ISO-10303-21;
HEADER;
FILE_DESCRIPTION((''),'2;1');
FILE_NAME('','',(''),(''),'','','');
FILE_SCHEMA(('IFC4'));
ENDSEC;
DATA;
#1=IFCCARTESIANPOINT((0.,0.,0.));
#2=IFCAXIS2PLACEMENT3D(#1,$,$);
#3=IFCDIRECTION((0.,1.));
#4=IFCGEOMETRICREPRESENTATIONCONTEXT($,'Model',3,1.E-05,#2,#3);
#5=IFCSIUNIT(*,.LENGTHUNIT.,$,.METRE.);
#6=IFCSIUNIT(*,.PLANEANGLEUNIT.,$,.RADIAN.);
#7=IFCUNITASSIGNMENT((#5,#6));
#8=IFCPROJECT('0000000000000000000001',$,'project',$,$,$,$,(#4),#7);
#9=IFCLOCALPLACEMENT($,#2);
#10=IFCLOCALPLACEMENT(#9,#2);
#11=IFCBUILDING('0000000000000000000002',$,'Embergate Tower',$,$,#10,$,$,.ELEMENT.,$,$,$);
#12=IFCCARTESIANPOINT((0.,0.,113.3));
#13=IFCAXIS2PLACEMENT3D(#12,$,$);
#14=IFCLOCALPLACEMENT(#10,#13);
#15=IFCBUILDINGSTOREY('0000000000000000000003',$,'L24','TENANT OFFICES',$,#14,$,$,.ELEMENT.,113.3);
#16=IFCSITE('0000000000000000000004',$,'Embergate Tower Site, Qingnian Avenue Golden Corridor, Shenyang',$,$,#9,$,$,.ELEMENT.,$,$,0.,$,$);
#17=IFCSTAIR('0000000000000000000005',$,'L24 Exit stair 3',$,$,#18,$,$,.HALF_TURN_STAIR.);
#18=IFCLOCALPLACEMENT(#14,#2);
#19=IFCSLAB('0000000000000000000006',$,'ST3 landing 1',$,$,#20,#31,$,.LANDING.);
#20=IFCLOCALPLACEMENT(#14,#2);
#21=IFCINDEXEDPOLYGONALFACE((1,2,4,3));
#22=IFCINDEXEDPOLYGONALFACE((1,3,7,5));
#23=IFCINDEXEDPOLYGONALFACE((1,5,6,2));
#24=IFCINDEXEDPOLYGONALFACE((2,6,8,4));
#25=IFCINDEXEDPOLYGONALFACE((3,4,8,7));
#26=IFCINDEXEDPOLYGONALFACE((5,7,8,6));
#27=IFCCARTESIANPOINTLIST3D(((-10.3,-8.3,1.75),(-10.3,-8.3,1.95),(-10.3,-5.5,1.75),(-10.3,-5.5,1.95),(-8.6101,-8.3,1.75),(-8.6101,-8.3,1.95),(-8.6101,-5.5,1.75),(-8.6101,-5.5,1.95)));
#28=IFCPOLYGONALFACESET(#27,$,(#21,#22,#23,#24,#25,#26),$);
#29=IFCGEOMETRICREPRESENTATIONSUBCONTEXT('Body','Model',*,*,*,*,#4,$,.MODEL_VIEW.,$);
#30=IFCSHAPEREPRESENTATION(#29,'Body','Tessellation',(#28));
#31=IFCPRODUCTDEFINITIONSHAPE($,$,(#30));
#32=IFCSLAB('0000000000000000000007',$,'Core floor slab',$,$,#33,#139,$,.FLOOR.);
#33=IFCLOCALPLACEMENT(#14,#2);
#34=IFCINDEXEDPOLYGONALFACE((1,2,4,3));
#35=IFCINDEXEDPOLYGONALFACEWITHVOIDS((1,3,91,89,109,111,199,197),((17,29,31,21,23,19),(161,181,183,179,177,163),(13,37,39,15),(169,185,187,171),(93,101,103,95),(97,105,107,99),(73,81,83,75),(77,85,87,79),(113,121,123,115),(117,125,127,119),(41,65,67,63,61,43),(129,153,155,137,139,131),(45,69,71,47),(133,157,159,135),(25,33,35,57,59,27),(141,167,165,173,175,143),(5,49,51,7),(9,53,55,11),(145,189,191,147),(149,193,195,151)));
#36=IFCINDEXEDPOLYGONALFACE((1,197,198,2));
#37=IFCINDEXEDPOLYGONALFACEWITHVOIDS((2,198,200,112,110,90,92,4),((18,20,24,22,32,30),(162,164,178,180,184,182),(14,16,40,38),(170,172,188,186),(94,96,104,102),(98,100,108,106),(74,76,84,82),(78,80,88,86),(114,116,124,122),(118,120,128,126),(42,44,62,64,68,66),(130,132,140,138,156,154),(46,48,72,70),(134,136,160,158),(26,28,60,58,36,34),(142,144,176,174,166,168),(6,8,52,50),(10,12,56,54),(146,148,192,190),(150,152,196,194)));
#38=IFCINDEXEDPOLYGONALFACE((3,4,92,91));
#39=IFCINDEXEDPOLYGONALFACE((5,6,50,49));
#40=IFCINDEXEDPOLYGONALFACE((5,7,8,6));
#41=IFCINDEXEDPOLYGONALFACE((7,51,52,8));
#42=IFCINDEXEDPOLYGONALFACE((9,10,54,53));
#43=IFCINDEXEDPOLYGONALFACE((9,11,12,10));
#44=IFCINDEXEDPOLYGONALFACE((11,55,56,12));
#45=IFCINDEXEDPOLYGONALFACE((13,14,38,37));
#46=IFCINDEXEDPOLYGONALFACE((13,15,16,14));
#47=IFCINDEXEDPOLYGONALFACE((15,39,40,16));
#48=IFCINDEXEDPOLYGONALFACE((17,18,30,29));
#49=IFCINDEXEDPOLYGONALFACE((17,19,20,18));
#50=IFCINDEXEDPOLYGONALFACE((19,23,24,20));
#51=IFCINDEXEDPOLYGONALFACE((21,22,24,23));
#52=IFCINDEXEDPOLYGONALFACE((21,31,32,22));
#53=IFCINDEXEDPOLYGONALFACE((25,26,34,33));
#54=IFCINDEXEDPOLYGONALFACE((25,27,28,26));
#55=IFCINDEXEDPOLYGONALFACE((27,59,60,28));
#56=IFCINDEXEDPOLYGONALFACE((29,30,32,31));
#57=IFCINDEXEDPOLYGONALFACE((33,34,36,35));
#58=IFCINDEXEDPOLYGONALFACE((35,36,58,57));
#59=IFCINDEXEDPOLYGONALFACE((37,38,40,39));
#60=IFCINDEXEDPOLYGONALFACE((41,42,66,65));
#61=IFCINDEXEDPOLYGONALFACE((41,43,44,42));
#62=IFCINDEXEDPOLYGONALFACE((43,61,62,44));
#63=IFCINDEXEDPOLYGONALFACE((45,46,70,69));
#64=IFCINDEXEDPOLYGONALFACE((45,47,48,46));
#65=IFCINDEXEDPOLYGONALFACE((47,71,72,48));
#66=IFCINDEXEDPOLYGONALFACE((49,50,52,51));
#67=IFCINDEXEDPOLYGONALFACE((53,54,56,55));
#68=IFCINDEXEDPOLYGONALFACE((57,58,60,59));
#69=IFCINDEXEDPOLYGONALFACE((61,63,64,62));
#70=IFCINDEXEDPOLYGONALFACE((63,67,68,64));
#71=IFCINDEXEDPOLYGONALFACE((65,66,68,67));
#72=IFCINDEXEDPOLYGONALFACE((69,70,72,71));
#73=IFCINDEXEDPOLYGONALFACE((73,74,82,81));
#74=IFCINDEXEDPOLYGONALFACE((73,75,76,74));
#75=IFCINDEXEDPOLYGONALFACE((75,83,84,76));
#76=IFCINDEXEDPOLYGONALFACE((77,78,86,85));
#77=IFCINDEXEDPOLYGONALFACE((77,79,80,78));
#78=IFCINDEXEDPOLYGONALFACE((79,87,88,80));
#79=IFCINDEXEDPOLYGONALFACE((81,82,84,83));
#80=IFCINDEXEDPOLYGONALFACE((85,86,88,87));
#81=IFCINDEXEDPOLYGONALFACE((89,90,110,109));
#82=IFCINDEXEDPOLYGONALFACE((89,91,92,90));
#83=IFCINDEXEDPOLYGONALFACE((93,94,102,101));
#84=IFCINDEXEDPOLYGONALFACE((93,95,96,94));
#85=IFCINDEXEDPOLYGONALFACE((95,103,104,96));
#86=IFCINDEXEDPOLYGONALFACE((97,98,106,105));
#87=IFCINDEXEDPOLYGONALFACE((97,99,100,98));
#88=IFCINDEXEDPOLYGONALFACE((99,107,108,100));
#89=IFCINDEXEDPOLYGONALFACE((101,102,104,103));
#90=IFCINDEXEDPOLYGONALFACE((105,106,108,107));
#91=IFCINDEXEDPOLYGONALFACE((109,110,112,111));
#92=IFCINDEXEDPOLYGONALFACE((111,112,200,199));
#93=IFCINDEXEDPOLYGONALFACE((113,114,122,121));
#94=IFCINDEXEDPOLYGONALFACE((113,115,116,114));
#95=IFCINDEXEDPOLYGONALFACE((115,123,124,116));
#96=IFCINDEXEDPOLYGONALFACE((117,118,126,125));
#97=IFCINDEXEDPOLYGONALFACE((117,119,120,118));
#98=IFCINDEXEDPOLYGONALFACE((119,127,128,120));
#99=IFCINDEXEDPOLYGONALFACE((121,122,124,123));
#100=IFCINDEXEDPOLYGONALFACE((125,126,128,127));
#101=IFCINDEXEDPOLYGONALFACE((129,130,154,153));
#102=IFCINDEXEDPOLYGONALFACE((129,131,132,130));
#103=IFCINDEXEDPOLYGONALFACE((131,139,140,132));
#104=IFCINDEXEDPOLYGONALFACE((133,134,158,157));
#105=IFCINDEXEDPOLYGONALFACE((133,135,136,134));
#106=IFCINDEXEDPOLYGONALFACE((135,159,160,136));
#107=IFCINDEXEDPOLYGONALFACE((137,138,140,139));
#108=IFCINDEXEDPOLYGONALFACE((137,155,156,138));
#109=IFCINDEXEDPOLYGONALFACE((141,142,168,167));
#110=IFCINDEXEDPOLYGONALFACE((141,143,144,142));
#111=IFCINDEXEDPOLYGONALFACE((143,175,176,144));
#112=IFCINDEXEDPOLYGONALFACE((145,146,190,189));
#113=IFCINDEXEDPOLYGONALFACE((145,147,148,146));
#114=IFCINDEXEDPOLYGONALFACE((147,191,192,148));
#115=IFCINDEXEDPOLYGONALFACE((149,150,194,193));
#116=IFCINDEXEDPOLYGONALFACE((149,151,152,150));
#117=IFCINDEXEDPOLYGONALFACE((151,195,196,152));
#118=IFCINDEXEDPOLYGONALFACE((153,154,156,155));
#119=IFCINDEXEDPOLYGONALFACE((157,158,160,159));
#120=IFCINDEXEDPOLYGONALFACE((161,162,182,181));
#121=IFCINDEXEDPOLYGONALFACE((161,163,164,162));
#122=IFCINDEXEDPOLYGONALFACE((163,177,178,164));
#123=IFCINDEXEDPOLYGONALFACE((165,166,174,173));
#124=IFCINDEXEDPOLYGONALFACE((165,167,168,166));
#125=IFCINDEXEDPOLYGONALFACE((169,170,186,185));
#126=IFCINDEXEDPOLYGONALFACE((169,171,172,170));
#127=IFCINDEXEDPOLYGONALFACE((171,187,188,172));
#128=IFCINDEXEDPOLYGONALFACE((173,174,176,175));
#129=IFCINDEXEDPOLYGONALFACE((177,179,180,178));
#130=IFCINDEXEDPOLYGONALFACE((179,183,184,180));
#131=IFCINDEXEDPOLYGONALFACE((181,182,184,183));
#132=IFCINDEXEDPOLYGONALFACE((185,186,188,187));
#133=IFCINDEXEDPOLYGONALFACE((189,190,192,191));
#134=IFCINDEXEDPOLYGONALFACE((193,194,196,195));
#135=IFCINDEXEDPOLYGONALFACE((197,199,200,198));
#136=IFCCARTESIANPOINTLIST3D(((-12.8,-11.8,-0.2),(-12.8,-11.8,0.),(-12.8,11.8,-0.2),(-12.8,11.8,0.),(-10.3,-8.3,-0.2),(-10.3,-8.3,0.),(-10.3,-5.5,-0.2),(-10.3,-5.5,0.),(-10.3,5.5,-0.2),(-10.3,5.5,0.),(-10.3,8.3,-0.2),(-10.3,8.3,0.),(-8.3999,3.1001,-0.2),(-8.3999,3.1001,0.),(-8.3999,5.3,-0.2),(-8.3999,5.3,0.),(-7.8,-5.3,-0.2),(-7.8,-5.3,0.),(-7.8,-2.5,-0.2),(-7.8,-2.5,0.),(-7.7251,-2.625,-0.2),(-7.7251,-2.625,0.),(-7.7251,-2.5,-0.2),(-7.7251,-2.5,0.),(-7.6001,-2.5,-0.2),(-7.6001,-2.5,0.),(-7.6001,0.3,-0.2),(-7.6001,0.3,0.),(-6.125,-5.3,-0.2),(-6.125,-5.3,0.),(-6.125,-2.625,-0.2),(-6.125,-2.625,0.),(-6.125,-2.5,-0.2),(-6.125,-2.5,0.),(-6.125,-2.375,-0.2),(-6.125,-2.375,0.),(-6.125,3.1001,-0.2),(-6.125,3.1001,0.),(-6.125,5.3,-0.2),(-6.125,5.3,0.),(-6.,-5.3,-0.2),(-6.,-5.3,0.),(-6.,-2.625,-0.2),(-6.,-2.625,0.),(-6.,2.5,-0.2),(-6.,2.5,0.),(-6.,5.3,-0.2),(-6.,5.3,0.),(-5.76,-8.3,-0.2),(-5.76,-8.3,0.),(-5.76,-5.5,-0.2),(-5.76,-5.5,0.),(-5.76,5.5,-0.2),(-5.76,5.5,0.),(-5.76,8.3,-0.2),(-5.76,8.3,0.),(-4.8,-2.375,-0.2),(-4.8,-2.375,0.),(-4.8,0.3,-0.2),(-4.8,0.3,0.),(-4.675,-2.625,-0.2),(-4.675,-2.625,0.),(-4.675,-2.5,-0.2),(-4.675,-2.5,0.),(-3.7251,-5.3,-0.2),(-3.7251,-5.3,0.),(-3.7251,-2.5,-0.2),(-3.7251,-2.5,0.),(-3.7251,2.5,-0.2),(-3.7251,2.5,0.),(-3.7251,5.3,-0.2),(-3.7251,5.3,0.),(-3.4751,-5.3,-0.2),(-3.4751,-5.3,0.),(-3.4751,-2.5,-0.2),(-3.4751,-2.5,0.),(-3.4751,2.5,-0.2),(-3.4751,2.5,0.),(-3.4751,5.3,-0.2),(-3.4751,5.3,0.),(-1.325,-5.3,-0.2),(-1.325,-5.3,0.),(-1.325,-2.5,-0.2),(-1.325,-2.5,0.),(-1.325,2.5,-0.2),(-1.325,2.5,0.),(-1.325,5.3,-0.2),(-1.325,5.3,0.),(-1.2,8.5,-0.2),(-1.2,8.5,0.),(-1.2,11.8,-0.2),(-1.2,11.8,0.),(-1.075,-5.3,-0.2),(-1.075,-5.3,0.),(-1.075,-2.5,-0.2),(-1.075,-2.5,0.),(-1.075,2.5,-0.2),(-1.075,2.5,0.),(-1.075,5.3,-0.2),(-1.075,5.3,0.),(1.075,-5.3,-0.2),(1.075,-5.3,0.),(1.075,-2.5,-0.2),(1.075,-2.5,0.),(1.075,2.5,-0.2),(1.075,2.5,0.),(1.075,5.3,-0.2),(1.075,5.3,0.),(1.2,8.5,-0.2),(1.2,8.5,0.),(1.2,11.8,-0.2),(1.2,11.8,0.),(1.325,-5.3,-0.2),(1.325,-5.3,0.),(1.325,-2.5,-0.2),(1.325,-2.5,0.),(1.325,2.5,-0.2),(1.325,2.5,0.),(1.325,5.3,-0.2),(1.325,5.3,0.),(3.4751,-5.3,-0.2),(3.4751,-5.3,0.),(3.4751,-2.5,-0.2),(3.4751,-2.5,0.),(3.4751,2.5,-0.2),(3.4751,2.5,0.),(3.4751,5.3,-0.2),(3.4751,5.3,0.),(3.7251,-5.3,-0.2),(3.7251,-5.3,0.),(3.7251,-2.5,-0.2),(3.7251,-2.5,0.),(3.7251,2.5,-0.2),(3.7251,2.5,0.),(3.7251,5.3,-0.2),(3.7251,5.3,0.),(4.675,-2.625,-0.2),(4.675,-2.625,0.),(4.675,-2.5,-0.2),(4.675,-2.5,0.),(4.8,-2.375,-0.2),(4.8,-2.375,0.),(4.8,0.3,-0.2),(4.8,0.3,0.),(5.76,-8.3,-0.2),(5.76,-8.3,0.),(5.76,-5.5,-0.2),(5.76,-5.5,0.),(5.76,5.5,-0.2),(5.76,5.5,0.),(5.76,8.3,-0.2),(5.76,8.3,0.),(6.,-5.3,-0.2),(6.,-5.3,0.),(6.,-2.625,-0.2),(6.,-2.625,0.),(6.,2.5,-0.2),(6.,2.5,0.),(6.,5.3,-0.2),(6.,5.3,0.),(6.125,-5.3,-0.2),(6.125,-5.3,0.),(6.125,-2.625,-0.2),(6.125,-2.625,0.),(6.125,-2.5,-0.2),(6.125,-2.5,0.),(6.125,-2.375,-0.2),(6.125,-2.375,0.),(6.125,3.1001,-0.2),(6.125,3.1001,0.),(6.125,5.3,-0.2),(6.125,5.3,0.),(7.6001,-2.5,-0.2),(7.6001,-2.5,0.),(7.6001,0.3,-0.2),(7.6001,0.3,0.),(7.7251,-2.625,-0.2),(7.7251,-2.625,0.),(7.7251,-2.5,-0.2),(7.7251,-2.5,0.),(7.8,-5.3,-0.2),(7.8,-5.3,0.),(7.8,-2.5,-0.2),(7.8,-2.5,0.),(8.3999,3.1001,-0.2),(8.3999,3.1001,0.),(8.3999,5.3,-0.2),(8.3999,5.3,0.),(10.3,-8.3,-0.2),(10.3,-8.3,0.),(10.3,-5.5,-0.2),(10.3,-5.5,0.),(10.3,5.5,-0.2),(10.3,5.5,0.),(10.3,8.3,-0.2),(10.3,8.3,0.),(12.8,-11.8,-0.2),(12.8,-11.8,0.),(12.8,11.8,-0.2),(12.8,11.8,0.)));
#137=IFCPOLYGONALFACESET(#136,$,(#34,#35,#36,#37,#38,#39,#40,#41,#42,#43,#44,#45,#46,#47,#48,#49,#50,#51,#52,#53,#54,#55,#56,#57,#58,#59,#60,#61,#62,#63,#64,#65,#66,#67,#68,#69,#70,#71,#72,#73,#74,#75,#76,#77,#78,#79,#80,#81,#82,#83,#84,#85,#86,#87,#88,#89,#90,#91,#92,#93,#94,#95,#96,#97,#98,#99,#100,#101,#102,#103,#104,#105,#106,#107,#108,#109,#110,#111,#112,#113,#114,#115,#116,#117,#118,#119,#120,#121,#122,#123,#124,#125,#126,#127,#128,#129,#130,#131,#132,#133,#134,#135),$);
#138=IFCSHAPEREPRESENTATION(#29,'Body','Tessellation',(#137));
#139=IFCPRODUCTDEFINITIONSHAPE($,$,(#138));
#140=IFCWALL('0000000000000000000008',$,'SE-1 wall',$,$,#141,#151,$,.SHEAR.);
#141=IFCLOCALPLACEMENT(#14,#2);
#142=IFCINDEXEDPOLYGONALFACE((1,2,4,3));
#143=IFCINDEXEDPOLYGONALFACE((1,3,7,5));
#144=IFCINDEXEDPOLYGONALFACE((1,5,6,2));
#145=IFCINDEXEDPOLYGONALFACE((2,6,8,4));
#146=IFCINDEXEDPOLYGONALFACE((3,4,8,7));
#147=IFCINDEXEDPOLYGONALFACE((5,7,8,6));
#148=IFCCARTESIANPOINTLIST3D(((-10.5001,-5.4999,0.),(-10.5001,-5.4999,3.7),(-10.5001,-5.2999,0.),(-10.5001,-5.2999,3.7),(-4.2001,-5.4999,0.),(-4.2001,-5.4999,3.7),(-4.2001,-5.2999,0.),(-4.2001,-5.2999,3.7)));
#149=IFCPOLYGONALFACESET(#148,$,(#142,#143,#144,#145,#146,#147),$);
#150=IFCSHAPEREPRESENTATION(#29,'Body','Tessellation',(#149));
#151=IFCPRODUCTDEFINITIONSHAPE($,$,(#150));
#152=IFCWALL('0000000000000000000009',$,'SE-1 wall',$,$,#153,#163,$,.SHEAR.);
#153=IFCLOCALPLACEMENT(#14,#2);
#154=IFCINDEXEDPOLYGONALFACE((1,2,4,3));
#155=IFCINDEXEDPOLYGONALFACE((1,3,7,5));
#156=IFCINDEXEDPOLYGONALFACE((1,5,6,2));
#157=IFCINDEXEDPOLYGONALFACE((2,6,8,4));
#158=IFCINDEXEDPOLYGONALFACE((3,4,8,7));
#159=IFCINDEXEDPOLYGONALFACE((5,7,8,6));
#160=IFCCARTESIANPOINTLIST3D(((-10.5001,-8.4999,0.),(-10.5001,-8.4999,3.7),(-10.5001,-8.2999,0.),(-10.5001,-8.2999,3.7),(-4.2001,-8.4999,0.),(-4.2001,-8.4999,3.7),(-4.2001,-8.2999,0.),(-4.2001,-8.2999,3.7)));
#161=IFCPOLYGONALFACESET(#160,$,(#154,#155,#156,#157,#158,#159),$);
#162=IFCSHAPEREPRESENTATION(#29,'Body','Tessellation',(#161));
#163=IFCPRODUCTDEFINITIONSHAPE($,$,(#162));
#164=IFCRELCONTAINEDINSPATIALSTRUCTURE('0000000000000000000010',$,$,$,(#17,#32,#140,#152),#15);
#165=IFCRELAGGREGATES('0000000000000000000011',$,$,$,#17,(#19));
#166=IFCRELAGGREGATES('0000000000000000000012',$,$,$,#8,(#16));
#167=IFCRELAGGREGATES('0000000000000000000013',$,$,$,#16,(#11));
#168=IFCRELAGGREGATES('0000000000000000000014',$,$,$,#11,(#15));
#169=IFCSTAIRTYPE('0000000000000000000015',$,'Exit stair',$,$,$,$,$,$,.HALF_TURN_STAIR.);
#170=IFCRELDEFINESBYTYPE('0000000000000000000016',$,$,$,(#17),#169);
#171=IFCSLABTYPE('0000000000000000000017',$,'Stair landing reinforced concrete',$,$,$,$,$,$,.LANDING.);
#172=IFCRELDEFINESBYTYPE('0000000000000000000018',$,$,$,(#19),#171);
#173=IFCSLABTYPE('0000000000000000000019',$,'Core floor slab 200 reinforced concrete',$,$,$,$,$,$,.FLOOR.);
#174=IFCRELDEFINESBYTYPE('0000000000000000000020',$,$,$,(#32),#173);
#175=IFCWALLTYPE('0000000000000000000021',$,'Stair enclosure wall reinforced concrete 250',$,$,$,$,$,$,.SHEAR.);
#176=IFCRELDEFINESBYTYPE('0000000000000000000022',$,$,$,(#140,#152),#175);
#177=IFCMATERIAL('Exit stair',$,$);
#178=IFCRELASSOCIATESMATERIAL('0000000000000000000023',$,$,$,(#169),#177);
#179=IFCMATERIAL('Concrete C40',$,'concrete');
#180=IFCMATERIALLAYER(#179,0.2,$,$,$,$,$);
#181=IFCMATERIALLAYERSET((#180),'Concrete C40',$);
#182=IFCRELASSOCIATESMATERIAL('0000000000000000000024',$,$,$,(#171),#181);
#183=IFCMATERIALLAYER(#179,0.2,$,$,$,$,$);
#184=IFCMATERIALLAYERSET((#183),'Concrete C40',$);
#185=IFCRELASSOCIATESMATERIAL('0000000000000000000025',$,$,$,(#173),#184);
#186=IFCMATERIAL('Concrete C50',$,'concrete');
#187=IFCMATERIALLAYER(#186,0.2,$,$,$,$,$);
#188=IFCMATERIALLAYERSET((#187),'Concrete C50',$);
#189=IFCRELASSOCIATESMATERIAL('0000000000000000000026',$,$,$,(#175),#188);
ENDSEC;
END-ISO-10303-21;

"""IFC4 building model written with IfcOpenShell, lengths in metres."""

from ifc_helpers import new_model, si_unit, direction, frame, frame_2d, origin, place, context, subcontext, project, spatial, polyline, rectangle, outline, extrude, source, transform, mapped, material, layer, layer_set, type_object, element, aggregate, save


model = new_model("IFC4")

# Units and contexts
model_context = context("Model", 3, precision=1e-05, world=origin(), true_north=direction((0.0, 1.0)))
body_context = subcontext(model_context, "Body", "Model", "MODEL_VIEW")
ifc_project = project(units=[si_unit("LENGTHUNIT", "METRE"), si_unit("PLANEANGLEUNIT", "RADIAN")], contexts=[model_context])

# Site, building, storey
site_placement = place(None, origin())
site = spatial("IfcSite", under=ifc_project, at=site_placement, Name="Embergate Tower Site, Qingnian Avenue Golden Corridor, Shenyang", CompositionType="ELEMENT", RefElevation=0.0)
building_placement = place(site_placement, origin())
building = spatial("IfcBuilding", under=site, at=building_placement, Name="Embergate Tower", CompositionType="ELEMENT")
storey_placement = place(building_placement, frame((0.0, 0.0, 113.3)))
storey = spatial("IfcBuildingStorey", under=building, at=storey_placement, Name="L24", Description="TENANT OFFICES", CompositionType="ELEMENT", Elevation=113.3)

# Stair, slab
ifc_material_1 = material(Name="Exit stair")
stair_type = type_object("IfcStairType", Name="Exit stair", PredefinedType="HALF_TURN_STAIR", material=ifc_material_1)
stair_placement = place(storey_placement, origin())
stair = element("IfcStair", 1, at=stair_placement, inside=storey, type_object=stair_type, Name="L24 Exit stair 3", PredefinedType="HALF_TURN_STAIR")
ifc_material_2 = material(Name="Concrete C40", Category="concrete")
ifc_layer_1 = layer(ifc_material_2, 0.2)
ifc_layer_set_1 = layer_set([ifc_layer_1], Name="Concrete C40")
slab_type_1 = type_object("IfcSlabType", Name="Stair landing reinforced concrete", PredefinedType="LANDING", material=ifc_layer_set_1)
shared_shape_1 = source(origin(), body_context, "Body", "SweptSolid", [
    extrude(outline(polyline([(0.0, 0.0), (1.6899, 0.0), (1.6899, 2.8), (0.0, 2.8), (0.0, 0.0)])), origin(), (0.0, 0.0, 1.0), 0.2),
])
slab_1_placement = place(storey_placement, frame((-10.3, -8.3, 1.75)))
slab_1 = element("IfcSlab", 2, at=slab_1_placement, type_object=slab_type_1, Name="ST3 landing 1", PredefinedType="LANDING", context=body_context, shape_type="MappedRepresentation", body=[
    mapped(shared_shape_1, transform((0.0, 0.0, 0.0))),
])

# Slab
ifc_layer_2 = layer(ifc_material_2, 0.2)
ifc_layer_set_2 = layer_set([ifc_layer_2], Name="Concrete C40")
slab_type_2 = type_object("IfcSlabType", Name="Core floor slab 200 reinforced concrete", PredefinedType="FLOOR", material=ifc_layer_set_2)
shared_shape_2 = source(origin(), body_context, "Body", "SweptSolid", [
    extrude(outline(polyline([(0.0, 0.0), (25.6001, 0.0), (25.6001, 23.6001), (14.0, 23.6001), (14.0, 20.3), (11.6001, 20.3), (11.6001, 23.6001), (0.0, 23.6001), (0.0, 0.0)]), holes=[polyline([(2.5, 3.5), (2.5, 6.3), (7.04, 6.3), (7.04, 3.5), (2.5, 3.5)]), polyline([(18.5601, 3.5), (18.5601, 6.3), (23.1001, 6.3), (23.1001, 3.5), (18.5601, 3.5)]), polyline([(5.0, 6.5), (5.0, 9.3), (5.075, 9.3), (5.075, 9.175), (6.675, 9.175), (6.675, 6.5), (5.0, 6.5)]), polyline([(6.8, 6.5), (6.8, 9.175), (8.125, 9.175), (8.125, 9.3), (9.075, 9.3), (9.075, 6.5), (6.8, 6.5)]), polyline([(9.325, 6.5), (9.325, 9.3), (11.4751, 9.3), (11.4751, 6.5), (9.325, 6.5)]), polyline([(11.7251, 6.5), (11.7251, 9.3), (13.875, 9.3), (13.875, 6.5), (11.7251, 6.5)]), polyline([(14.125, 6.5), (14.125, 9.3), (16.2751, 9.3), (16.2751, 6.5), (14.125, 6.5)]), polyline([(16.5251, 6.5), (16.5251, 9.3), (17.4751, 9.3), (17.4751, 9.175), (18.8, 9.175), (18.8, 6.5), (16.5251, 6.5)]), polyline([(18.925, 6.5), (18.925, 9.175), (20.5251, 9.175), (20.5251, 9.3), (20.6001, 9.3), (20.6001, 6.5), (18.925, 6.5)]), polyline([(5.2, 9.3), (5.2, 12.1001), (8.0, 12.1001), (8.0, 9.425), (6.675, 9.425), (6.675, 9.3), (5.2, 9.3)]), polyline([(18.925, 9.3), (18.925, 9.425), (17.6001, 9.425), (17.6001, 12.1001), (20.4001, 12.1001), (20.4001, 9.3), (18.925, 9.3)]), polyline([(6.8, 14.3), (6.8, 17.1001), (9.075, 17.1001), (9.075, 14.3), (6.8, 14.3)]), polyline([(9.325, 14.3), (9.325, 17.1001), (11.4751, 17.1001), (11.4751, 14.3), (9.325, 14.3)]), polyline([(11.7251, 14.3), (11.7251, 17.1001), (13.875, 17.1001), (13.875, 14.3), (11.7251, 14.3)]), polyline([(14.125, 14.3), (14.125, 17.1001), (16.2751, 17.1001), (16.2751, 14.3), (14.125, 14.3)]), polyline([(16.5251, 14.3), (16.5251, 17.1001), (18.8, 17.1001), (18.8, 14.3), (16.5251, 14.3)]), polyline([(4.4001, 14.9001), (4.4001, 17.1001), (6.675, 17.1001), (6.675, 14.9001), (4.4001, 14.9001)]), polyline([(18.925, 14.9001), (18.925, 17.1001), (21.2, 17.1001), (21.2, 14.9001), (18.925, 14.9001)]), polyline([(2.5, 17.3), (2.5, 20.1001), (7.04, 20.1001), (7.04, 17.3), (2.5, 17.3)]), polyline([(18.5601, 17.3), (18.5601, 20.1001), (23.1001, 20.1001), (23.1001, 17.3), (18.5601, 17.3)])]), origin(), (0.0, 0.0, 1.0), 0.2),
])
slab_2_placement = place(storey_placement, frame((-12.8, -11.8, -0.2)))
element("IfcSlab", 3, at=slab_2_placement, inside=storey, type_object=slab_type_2, Name="Core floor slab", PredefinedType="FLOOR", context=body_context, shape_type="MappedRepresentation", body=[
    mapped(shared_shape_2, transform((0.0, 0.0, 0.0))),
])

# Walls
ifc_material_3 = material(Name="Concrete C50", Category="concrete")
ifc_layer_3 = layer(ifc_material_3, 0.2)
ifc_layer_set_3 = layer_set([ifc_layer_3], Name="Concrete C50")
wall_type_1 = type_object("IfcWallType", Name="Stair enclosure wall reinforced concrete 250", PredefinedType="SHEAR", material=ifc_layer_set_3)
shared_shape_3 = source(origin(), body_context, "Body", "SweptSolid", [
    extrude(rectangle(XDim=6.3, YDim=0.2, at=frame_2d((3.1499, 0.0))), origin(), (0.0, 0.0, 1.0), 3.7),
])
for number, where, z_axis, x_axis, name in (
    (4, (-10.5, -5.3999, 0.0), (0.0, 0.0, 1.0), (1.0, 0.0, 0.0), "SE-1 wall"),
    (5, (-10.5, -8.3999, 0.0), (0.0, 0.0, 1.0), (1.0, 0.0, 0.0), "SE-1 wall"),
):
    element("IfcWall", number, at=place(storey_placement, frame(where, z_axis=z_axis, x_axis=x_axis)), inside=storey, type_object=wall_type_1, Name=name, PredefinedType="SHEAR", context=body_context, shape_type="MappedRepresentation", body=[
        mapped(shared_shape_3, transform((0.0, 0.0, 0.0))),
    ])

aggregate(stair, [slab_1])

save(model, "model.ifc")
